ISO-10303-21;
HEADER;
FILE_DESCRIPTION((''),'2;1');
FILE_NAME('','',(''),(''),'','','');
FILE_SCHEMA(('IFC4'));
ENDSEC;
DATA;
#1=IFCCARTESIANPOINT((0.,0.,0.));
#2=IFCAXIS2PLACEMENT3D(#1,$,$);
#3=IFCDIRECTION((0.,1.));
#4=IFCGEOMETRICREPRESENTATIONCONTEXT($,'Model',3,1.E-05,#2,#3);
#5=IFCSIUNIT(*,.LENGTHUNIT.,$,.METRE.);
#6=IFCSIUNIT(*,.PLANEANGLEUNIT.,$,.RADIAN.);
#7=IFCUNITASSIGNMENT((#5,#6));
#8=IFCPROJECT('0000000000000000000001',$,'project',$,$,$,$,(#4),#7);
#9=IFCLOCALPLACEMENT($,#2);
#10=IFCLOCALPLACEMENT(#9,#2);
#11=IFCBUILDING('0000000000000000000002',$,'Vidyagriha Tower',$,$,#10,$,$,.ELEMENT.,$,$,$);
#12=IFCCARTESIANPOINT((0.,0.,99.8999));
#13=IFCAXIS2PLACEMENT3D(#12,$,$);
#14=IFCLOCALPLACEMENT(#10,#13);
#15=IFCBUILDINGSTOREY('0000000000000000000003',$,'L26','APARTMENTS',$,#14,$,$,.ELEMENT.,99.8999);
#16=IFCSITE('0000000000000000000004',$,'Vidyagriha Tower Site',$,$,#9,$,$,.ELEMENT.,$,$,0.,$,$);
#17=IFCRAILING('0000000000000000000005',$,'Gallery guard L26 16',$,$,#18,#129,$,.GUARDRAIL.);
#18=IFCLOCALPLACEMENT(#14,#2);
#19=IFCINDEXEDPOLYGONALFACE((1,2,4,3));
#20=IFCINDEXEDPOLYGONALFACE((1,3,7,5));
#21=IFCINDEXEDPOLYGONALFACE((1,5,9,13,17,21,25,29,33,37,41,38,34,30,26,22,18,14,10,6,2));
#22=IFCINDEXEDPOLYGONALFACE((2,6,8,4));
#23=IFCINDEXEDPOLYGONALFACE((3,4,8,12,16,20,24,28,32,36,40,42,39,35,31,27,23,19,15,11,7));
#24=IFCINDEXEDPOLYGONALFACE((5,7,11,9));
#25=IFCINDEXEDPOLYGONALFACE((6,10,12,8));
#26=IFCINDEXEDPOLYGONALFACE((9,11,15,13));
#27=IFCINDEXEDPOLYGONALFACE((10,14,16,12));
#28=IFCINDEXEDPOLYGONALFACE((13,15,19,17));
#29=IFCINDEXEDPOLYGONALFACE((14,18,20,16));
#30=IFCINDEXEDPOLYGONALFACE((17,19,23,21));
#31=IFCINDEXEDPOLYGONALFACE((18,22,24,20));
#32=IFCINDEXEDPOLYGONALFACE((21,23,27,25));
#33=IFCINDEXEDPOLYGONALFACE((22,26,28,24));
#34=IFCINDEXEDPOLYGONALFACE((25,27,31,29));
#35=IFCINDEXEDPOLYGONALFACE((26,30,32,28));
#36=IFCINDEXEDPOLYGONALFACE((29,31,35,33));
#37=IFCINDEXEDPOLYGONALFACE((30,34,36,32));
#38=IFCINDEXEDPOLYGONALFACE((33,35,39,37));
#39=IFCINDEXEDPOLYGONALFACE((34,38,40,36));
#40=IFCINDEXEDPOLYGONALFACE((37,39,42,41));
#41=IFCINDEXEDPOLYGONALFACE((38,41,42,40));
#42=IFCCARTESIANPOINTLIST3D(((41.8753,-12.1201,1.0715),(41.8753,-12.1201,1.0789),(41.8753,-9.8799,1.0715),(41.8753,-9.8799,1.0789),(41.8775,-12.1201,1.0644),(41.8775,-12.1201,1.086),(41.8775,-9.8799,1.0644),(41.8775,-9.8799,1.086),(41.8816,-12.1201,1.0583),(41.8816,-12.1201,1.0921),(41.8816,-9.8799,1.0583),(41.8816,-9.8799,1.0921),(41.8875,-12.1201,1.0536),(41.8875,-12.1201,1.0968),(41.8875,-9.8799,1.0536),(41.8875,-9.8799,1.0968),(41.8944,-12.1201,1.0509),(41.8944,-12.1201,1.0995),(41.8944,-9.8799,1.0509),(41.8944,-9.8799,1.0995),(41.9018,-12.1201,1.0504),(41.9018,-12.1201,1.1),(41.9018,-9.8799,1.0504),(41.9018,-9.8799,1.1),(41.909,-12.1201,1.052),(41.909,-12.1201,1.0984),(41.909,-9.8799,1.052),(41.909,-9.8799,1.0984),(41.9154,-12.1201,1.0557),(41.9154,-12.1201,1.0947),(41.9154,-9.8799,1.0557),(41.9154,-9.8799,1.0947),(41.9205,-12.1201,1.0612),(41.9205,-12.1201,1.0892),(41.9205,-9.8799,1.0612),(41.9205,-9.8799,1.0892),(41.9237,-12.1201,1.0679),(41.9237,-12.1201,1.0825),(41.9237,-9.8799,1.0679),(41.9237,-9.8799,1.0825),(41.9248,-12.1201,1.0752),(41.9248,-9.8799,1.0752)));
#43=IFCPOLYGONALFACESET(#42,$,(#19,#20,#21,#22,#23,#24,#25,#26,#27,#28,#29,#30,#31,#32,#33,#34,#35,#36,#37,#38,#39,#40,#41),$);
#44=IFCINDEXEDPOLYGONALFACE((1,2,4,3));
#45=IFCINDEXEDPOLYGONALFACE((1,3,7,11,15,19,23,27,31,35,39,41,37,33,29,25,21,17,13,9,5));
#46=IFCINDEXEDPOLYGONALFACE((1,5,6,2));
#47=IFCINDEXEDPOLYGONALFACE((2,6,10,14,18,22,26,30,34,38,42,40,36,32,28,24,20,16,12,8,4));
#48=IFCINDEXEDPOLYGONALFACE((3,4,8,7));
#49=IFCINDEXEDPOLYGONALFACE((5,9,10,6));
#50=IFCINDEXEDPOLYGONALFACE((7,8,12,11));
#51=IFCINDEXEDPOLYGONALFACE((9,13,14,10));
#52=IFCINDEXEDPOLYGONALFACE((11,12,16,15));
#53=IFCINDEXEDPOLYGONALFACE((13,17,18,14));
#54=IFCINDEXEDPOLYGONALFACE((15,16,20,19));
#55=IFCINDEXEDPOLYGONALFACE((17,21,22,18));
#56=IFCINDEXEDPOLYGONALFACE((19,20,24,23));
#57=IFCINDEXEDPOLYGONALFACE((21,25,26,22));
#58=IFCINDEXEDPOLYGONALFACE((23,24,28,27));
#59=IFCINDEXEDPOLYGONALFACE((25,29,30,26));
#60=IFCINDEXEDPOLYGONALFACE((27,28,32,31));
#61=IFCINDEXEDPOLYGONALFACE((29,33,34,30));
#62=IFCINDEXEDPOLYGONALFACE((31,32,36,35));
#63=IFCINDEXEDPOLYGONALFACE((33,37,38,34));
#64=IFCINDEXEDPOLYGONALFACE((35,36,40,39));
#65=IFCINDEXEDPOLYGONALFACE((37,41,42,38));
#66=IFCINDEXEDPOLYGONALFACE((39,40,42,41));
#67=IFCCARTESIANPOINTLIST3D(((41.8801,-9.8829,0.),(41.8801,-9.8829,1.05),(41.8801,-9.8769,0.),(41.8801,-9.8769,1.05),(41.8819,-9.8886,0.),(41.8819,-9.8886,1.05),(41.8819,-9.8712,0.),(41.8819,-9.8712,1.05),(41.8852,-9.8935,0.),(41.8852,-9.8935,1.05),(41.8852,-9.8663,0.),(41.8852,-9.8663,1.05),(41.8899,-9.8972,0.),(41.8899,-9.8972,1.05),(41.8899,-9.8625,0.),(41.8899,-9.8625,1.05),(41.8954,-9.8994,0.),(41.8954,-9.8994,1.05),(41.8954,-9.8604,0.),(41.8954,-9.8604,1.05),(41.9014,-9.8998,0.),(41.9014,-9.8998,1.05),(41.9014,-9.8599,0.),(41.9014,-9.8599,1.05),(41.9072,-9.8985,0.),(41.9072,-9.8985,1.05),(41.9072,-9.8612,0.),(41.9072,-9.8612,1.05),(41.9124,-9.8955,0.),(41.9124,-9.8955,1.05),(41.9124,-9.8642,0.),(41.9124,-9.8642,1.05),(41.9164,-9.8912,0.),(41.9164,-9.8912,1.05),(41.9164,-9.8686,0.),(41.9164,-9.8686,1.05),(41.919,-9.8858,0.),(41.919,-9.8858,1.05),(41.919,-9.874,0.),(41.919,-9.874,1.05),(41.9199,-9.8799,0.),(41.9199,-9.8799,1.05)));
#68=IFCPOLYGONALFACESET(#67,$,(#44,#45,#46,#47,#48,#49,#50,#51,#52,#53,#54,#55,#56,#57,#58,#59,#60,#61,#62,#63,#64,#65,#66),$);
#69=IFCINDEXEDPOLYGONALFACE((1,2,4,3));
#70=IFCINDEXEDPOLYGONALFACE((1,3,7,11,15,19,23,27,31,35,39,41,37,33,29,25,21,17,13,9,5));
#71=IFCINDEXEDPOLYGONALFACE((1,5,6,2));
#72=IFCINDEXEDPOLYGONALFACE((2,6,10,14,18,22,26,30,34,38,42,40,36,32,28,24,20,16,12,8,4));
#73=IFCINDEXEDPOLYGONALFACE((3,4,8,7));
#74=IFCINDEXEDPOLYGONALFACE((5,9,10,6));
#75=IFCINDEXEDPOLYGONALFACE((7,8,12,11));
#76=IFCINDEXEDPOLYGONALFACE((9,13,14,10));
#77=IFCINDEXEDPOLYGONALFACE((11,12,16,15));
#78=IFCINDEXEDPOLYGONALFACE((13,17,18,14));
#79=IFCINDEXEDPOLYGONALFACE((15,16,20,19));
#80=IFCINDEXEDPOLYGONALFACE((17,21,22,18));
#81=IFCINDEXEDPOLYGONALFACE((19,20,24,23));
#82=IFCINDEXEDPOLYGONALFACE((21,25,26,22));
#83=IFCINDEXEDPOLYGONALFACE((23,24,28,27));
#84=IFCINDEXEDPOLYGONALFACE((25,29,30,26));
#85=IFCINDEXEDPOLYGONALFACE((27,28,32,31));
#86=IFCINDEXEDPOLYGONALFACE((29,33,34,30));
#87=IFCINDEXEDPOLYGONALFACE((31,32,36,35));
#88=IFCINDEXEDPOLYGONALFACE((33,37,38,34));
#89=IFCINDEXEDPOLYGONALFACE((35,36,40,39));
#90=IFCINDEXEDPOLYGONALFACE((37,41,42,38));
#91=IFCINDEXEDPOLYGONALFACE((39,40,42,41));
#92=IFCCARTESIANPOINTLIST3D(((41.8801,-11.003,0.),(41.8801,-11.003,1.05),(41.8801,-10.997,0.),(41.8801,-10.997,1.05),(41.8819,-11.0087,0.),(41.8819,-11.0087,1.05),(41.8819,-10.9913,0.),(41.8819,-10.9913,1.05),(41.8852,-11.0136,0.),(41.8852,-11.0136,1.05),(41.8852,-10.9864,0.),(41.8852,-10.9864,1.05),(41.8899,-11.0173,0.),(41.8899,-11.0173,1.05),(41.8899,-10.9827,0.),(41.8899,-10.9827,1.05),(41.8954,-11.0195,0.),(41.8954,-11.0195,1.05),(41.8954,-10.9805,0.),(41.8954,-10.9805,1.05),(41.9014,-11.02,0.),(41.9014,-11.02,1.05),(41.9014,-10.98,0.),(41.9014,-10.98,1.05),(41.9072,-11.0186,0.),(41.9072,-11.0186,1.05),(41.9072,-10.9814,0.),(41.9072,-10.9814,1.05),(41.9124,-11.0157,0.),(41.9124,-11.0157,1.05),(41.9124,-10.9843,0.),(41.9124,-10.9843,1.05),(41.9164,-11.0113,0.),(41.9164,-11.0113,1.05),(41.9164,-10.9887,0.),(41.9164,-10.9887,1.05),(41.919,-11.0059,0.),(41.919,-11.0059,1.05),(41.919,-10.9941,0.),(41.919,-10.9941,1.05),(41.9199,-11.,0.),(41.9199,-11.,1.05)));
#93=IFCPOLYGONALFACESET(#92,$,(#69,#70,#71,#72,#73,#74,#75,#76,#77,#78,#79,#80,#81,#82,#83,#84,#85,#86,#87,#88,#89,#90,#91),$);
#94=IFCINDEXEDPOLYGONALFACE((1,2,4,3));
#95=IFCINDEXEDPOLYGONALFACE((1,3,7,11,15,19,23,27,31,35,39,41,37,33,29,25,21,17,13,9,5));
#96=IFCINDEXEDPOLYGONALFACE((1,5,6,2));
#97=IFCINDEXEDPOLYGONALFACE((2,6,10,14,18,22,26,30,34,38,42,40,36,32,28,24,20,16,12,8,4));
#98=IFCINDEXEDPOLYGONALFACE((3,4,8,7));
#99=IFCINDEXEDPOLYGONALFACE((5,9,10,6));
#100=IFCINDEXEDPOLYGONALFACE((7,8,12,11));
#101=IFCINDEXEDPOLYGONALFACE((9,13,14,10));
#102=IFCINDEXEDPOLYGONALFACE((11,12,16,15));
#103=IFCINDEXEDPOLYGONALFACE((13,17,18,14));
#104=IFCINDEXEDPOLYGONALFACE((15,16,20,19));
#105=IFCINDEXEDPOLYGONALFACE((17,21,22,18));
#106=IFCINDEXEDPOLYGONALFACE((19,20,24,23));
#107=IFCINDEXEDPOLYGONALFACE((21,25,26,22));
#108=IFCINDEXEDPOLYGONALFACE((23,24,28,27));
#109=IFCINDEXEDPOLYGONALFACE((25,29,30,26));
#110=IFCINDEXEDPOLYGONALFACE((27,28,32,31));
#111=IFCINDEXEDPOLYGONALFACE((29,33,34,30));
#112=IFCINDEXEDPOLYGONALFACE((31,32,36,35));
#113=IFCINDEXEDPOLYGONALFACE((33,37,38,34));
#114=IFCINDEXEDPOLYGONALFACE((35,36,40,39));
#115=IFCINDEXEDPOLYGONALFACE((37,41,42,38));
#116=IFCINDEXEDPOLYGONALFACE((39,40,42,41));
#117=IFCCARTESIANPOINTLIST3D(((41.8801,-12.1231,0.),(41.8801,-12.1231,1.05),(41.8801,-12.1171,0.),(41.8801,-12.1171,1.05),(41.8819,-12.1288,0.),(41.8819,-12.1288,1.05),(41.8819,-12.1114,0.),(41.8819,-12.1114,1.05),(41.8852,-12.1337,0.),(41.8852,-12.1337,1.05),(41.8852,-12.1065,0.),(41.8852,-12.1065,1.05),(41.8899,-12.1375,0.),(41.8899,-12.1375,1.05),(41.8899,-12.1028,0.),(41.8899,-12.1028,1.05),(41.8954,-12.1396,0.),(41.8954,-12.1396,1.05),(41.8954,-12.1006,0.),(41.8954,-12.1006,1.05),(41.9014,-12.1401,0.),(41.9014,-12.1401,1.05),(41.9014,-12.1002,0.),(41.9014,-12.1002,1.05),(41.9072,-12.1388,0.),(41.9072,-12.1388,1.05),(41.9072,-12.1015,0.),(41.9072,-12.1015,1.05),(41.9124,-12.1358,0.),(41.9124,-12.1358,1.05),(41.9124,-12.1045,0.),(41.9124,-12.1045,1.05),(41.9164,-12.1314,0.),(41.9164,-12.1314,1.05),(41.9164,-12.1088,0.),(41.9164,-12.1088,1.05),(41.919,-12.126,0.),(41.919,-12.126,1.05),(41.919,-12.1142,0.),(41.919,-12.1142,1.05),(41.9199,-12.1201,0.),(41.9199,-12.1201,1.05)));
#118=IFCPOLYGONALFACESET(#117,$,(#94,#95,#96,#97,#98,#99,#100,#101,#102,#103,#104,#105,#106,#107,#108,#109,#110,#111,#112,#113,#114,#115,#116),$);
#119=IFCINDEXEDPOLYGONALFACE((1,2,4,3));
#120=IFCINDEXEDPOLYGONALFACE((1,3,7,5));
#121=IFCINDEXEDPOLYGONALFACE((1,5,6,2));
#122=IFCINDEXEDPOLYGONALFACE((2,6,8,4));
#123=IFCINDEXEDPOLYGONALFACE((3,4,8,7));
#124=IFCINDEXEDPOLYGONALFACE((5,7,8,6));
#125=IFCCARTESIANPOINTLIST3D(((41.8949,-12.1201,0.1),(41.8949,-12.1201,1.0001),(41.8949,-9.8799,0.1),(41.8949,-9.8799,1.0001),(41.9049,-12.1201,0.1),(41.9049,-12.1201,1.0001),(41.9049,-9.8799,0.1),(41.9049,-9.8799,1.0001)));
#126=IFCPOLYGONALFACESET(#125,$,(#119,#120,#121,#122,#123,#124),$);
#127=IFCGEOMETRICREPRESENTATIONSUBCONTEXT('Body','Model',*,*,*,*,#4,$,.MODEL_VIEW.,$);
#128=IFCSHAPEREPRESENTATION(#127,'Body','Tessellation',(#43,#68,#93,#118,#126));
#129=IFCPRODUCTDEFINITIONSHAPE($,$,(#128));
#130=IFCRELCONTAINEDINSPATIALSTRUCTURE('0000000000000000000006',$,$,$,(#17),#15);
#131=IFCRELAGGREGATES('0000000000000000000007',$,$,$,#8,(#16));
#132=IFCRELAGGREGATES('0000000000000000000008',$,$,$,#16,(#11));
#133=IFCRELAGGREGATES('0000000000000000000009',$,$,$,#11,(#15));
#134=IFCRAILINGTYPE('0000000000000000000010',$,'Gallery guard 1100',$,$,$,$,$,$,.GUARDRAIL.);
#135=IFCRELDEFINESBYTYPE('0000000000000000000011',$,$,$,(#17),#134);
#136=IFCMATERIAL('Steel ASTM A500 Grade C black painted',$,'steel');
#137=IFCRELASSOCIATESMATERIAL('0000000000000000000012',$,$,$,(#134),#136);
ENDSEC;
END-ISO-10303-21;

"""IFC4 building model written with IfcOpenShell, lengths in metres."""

from ifc_helpers import new_model, si_unit, direction, frame, origin, origin_2d, place, context, subcontext, project, spatial, rectangle, circle, extrude, material, type_object, element, save


model = new_model("IFC4")

# Units and contexts
model_context = context("Model", 3, precision=1e-05, world=origin(), true_north=direction((0.0, 1.0)))
body_context = subcontext(model_context, "Body", "Model", "MODEL_VIEW")
ifc_project = project(units=[si_unit("LENGTHUNIT", "METRE"), si_unit("PLANEANGLEUNIT", "RADIAN")], contexts=[model_context])

# Site, building, storey
site_placement = place(None, origin())
site = spatial("IfcSite", under=ifc_project, at=site_placement, Name="Vidyagriha Tower Site", CompositionType="ELEMENT", RefElevation=0.0)
building_placement = place(site_placement, origin())
building = spatial("IfcBuilding", under=site, at=building_placement, Name="Vidyagriha Tower", CompositionType="ELEMENT")
storey_placement = place(building_placement, frame((0.0, 0.0, 99.8999)))
storey = spatial("IfcBuildingStorey", under=building, at=storey_placement, Name="L26", Description="APARTMENTS", CompositionType="ELEMENT", Elevation=99.8999)

# Railing
ifc_material_1 = material(Name="Steel ASTM A500 Grade C black painted", Category="steel")
railing_type_1 = type_object("IfcRailingType", Name="Gallery guard 1100", PredefinedType="GUARDRAIL", material=ifc_material_1)
railing_1_placement = place(storey_placement, frame((41.8999, -9.8799, 0.0)))
element("IfcRailing", 1, at=railing_1_placement, inside=storey, type_object=railing_type_1, Name="Gallery guard L26 16", PredefinedType="GUARDRAIL", context=body_context, shape_type="SweptSolid", body=[
    extrude(circle(Radius=0.0249, at=origin_2d()), frame((0.0, 0.0, 1.0752), z_axis=(0.0, -1.0, 0.0), x_axis=(1.0, 0.0, 0.0)), (0.0, 0.0, 1.0), 2.2402),
    extrude(circle(Radius=0.02, at=origin_2d()), origin(), (0.0, 0.0, 1.0), 1.05),
    extrude(circle(Radius=0.02, at=origin_2d()), frame((0.0, -1.1201, 0.0)), (0.0, 0.0, 1.0), 1.05),
    extrude(circle(Radius=0.02, at=origin_2d()), frame((0.0, -2.2402, 0.0)), (0.0, 0.0, 1.0), 1.05),
    extrude(rectangle(XDim=0.01, YDim=0.9001, at=origin_2d()), frame((0.0, 0.0, 0.55), z_axis=(0.0, -1.0, 0.0), x_axis=(1.0, 0.0, 0.0)), (0.0, 0.0, 1.0), 2.2402),
])

save(model, "model.ifc")
